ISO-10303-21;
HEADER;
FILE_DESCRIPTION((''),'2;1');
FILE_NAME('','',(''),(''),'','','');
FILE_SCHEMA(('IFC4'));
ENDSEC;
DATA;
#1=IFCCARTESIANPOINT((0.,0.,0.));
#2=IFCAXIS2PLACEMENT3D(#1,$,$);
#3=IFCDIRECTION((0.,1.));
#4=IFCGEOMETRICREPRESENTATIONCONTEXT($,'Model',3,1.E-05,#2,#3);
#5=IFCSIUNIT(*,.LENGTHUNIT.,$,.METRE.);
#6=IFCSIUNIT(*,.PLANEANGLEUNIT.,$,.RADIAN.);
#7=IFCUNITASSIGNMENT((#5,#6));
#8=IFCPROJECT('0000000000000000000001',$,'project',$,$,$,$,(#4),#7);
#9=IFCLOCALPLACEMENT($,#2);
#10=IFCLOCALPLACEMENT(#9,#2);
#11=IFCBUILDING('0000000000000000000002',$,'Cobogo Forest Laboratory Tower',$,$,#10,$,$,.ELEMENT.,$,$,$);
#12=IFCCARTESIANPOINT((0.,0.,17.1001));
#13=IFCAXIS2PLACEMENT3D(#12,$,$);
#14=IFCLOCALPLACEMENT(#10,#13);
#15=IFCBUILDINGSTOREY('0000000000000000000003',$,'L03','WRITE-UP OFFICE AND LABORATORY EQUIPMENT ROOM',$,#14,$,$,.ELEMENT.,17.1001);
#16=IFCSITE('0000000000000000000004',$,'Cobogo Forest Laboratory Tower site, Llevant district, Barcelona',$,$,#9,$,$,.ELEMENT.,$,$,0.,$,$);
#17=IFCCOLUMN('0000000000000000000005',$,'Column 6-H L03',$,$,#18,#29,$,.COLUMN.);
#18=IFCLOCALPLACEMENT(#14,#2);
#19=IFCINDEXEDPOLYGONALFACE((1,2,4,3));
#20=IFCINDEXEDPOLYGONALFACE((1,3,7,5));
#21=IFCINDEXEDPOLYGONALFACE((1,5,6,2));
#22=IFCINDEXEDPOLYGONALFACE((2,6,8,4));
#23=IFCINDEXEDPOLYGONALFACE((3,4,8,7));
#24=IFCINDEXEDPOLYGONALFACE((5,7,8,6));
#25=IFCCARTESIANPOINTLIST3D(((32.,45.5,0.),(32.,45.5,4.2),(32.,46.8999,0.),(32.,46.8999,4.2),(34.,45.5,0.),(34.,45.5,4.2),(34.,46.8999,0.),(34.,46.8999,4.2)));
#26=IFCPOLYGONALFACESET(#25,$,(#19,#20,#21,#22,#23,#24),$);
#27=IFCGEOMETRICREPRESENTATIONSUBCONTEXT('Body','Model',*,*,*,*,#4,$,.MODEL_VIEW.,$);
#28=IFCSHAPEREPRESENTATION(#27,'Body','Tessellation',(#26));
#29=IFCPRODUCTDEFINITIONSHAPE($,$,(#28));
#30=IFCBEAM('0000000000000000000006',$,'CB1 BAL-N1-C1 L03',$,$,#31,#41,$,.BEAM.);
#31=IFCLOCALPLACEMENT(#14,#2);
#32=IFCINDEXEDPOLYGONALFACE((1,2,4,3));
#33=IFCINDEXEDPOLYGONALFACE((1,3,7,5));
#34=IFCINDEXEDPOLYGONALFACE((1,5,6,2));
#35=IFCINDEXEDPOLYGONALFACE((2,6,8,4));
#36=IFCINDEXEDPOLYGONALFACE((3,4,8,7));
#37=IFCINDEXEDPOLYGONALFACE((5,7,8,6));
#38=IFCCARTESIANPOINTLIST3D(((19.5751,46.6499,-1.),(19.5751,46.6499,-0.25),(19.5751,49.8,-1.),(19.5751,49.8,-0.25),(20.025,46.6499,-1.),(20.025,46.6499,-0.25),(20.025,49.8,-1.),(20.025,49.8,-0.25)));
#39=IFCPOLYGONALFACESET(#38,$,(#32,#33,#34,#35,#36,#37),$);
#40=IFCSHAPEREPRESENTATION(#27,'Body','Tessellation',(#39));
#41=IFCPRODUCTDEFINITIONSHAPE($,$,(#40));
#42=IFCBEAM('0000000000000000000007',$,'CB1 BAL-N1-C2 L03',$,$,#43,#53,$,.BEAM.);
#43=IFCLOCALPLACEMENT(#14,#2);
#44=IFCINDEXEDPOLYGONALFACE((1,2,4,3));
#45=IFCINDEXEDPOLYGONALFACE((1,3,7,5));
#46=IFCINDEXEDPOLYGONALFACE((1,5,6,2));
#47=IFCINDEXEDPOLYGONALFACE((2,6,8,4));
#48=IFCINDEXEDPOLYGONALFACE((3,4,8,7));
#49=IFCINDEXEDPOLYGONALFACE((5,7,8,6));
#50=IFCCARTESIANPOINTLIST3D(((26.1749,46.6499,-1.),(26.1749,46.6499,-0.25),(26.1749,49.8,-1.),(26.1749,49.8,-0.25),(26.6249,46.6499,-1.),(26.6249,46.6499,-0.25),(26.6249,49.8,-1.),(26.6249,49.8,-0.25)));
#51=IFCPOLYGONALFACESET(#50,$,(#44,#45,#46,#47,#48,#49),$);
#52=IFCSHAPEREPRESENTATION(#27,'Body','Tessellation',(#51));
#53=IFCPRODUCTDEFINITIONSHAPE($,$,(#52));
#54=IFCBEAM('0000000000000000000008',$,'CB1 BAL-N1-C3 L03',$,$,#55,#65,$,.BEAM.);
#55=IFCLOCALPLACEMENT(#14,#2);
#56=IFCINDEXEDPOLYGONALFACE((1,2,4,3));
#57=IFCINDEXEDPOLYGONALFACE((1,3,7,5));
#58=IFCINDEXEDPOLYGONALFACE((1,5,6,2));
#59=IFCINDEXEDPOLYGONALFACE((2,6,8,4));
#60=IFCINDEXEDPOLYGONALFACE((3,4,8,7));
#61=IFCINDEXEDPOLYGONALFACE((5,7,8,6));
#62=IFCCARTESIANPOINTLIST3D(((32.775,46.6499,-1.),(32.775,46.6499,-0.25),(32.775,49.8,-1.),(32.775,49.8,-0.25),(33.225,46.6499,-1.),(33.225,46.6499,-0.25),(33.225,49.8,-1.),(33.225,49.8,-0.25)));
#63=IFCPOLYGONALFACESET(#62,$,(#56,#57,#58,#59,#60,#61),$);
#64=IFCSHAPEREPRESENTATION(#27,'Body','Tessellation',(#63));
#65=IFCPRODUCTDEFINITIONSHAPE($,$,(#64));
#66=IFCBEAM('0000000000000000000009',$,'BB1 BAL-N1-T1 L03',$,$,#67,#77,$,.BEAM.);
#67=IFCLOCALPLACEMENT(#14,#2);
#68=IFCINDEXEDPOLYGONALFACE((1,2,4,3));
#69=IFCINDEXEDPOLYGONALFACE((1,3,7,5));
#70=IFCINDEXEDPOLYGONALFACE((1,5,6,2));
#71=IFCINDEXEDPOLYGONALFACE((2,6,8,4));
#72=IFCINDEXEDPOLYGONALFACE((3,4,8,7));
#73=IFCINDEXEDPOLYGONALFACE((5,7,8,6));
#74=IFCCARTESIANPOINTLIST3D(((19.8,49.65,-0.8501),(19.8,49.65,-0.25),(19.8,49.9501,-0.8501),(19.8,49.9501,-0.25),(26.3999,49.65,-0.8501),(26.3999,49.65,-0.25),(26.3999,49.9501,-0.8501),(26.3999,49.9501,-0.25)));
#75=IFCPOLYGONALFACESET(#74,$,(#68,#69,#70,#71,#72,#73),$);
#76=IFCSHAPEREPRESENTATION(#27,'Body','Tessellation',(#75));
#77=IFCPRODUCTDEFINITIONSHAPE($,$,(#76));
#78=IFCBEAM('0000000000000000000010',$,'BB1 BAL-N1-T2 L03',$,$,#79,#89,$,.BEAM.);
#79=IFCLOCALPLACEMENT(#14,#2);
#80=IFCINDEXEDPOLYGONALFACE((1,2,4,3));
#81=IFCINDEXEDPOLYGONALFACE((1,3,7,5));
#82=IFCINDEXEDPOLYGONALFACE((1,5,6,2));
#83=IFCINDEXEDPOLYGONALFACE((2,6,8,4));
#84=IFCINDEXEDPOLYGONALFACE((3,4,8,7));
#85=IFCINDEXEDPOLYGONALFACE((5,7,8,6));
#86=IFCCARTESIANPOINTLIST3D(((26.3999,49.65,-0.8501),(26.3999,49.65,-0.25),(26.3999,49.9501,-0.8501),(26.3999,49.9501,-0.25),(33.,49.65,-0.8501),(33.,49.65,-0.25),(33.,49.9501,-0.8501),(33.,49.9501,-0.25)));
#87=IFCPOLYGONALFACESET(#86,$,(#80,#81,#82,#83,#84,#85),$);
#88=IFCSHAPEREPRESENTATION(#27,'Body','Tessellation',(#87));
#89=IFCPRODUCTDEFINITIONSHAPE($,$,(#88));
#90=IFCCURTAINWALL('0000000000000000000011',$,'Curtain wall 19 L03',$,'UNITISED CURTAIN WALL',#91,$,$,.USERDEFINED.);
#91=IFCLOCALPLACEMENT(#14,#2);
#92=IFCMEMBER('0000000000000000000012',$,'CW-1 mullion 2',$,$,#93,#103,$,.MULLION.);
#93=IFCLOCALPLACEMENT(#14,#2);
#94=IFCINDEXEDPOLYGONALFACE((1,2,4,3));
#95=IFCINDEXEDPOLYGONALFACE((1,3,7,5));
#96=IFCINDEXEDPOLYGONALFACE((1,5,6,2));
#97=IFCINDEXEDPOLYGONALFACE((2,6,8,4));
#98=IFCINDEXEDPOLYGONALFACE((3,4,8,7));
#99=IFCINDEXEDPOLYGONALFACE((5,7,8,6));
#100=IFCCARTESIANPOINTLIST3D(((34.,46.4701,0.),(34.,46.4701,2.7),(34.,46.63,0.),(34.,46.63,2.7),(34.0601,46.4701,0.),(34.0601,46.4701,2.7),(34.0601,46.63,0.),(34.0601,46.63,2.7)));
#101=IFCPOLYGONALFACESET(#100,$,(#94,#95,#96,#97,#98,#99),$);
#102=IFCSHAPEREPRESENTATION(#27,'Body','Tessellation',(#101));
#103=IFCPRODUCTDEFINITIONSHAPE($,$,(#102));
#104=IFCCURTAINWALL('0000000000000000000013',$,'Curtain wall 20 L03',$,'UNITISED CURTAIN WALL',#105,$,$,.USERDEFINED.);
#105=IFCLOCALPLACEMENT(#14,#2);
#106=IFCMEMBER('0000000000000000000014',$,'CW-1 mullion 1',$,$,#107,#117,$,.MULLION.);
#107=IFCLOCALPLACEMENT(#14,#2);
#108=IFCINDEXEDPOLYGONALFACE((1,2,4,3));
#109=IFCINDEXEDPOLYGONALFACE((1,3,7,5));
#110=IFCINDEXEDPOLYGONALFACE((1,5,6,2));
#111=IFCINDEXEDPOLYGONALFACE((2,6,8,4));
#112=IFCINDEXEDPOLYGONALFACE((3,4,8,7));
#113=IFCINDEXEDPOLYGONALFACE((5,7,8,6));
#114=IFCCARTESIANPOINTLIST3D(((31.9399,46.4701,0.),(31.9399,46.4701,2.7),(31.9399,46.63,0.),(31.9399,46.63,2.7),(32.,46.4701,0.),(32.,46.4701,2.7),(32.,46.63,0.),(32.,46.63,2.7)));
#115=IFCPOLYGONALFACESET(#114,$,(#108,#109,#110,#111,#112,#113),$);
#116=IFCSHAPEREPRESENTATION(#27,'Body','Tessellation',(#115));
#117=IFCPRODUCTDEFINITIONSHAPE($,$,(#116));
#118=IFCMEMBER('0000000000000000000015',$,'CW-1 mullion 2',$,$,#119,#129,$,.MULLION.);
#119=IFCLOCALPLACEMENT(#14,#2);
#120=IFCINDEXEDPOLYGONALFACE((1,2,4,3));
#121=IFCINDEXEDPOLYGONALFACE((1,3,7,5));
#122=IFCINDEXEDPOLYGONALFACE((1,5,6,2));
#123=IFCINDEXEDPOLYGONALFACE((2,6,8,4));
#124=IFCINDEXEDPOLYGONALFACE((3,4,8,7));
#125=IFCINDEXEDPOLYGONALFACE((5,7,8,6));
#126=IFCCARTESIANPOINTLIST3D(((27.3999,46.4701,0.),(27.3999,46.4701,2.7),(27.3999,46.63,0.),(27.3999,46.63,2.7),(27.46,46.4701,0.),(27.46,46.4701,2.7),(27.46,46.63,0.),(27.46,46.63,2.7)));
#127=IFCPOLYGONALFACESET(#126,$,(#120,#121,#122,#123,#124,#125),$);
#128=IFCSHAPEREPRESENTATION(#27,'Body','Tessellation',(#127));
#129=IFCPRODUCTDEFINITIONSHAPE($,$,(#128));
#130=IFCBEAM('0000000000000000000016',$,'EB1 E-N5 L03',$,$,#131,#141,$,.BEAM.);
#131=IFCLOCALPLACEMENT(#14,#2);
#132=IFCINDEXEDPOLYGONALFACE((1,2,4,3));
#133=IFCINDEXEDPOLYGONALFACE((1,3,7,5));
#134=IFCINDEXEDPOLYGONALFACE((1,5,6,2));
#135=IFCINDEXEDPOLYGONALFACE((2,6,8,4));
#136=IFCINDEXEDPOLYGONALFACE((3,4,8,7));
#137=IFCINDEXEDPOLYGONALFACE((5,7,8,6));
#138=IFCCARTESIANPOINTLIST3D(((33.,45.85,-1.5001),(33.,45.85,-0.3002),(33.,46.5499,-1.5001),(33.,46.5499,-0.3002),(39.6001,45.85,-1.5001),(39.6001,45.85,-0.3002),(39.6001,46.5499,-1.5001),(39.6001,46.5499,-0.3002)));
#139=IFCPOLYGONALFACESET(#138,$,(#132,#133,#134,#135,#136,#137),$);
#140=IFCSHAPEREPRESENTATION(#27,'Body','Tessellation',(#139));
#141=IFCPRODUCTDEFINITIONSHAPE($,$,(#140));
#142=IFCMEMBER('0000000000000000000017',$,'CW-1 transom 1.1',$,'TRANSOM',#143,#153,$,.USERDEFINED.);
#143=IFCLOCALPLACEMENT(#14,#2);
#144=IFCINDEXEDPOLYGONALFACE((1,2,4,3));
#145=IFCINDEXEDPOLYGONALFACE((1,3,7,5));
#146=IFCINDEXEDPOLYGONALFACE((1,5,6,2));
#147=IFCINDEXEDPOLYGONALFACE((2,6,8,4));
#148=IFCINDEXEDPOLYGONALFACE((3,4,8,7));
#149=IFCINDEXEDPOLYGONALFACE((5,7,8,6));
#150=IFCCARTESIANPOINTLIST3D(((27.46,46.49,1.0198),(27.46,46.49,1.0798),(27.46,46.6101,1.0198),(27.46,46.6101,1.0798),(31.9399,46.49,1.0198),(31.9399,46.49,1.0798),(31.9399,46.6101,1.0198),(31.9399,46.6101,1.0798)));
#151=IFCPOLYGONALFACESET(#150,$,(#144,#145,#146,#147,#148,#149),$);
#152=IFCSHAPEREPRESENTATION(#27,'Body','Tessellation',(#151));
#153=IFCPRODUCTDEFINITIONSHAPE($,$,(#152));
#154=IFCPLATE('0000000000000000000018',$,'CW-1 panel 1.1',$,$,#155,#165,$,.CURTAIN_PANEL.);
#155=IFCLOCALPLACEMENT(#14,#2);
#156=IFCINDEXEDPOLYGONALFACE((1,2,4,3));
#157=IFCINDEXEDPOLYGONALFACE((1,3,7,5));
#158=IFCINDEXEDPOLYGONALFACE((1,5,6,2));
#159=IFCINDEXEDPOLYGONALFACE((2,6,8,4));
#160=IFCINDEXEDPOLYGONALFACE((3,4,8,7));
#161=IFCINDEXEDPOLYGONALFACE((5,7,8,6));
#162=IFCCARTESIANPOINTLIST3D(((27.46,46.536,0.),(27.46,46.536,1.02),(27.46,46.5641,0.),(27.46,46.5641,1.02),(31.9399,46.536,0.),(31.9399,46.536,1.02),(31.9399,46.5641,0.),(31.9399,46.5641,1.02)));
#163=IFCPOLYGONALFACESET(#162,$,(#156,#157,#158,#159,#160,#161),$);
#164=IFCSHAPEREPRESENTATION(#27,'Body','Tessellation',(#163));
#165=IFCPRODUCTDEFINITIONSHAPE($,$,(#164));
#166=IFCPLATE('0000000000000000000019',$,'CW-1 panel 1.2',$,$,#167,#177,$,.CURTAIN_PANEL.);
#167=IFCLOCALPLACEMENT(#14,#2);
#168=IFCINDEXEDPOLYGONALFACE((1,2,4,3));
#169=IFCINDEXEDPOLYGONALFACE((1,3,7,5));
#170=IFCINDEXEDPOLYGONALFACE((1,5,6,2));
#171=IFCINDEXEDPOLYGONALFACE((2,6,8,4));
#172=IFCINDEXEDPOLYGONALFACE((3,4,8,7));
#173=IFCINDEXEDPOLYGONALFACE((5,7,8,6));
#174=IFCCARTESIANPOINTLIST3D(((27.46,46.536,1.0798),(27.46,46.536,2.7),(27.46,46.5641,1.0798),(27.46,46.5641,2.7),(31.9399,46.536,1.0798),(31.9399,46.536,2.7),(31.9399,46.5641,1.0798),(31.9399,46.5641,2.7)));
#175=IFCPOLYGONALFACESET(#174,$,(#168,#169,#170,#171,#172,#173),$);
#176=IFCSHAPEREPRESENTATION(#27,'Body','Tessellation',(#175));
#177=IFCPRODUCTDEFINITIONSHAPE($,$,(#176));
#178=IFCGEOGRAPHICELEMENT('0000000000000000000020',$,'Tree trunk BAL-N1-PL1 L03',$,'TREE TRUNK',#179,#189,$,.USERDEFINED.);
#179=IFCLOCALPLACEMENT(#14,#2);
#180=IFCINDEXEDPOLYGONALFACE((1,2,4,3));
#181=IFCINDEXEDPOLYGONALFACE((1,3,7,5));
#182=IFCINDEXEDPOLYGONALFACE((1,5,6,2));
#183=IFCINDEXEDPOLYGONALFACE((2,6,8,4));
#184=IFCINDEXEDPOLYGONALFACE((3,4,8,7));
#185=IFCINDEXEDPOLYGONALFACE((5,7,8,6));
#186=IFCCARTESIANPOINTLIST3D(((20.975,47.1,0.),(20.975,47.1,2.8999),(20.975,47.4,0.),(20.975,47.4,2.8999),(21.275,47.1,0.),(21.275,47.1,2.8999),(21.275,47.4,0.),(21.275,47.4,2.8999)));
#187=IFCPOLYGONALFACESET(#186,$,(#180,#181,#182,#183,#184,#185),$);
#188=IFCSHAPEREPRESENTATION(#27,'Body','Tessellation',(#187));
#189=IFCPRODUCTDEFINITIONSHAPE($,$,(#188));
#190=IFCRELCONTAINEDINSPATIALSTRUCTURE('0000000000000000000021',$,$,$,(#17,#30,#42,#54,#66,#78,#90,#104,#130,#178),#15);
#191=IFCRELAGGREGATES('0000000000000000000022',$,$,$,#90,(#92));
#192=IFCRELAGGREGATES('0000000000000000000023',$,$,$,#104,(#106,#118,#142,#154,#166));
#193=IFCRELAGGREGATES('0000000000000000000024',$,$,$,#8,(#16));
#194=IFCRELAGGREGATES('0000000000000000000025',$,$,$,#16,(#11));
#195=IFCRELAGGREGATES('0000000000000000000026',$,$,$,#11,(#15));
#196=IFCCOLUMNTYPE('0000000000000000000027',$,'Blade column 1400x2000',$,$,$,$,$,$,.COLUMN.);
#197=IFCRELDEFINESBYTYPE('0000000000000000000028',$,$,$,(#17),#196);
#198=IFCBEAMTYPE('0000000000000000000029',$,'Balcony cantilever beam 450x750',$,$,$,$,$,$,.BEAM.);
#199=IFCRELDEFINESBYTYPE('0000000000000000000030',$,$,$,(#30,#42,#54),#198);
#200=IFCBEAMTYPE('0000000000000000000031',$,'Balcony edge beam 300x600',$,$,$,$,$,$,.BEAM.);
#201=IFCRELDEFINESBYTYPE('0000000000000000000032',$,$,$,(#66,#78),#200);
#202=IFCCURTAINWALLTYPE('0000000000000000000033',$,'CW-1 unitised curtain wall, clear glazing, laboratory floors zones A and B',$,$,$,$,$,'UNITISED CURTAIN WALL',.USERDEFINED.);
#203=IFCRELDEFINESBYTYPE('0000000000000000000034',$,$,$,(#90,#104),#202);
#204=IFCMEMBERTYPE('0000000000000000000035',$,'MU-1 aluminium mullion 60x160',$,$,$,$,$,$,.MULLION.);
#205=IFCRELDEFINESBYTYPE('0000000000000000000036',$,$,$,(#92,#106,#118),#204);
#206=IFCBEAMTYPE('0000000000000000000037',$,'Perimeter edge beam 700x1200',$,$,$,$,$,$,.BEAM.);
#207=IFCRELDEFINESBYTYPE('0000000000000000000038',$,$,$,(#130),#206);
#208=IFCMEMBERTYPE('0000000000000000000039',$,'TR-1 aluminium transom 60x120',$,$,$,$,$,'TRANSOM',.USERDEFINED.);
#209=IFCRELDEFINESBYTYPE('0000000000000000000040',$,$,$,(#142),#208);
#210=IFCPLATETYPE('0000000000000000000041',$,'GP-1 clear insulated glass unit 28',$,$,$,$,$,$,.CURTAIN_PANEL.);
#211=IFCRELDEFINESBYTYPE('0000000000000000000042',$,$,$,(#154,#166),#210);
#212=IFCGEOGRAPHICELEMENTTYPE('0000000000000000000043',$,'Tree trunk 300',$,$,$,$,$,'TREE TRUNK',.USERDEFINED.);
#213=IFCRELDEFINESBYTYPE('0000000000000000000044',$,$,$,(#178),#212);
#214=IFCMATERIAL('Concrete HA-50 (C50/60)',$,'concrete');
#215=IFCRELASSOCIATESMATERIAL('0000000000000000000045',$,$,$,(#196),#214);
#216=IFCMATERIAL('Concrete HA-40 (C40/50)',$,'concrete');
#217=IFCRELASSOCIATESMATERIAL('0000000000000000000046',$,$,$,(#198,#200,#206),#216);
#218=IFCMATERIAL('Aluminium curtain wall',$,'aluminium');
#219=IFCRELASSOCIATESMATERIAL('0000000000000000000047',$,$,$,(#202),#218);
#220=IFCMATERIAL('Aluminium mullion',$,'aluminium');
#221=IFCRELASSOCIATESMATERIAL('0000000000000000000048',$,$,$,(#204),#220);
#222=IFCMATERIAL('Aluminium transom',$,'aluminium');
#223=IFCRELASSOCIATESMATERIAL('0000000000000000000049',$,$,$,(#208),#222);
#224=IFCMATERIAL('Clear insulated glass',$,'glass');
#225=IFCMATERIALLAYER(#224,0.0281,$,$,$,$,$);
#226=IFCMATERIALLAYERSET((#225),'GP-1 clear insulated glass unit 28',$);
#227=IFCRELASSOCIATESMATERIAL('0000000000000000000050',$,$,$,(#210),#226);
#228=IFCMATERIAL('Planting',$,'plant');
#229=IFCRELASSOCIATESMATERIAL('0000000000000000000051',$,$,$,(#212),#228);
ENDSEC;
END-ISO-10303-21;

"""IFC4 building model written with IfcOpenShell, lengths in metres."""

from ifc_helpers import new_model, si_unit, direction, frame, origin, origin_2d, place, context, subcontext, project, spatial, rectangle, extrude, material, layer, layer_set, material_profile, profile_set, type_object, element, aggregate, save


model = new_model("IFC4")

# Units and contexts
model_context = context("Model", 3, precision=1e-05, world=origin(), true_north=direction((0.0, 1.0)))
body_context = subcontext(model_context, "Body", "Model", "MODEL_VIEW")
ifc_project = project(units=[si_unit("LENGTHUNIT", "METRE"), si_unit("PLANEANGLEUNIT", "RADIAN")], contexts=[model_context])

# Site, building, storey
site_placement = place(None, origin())
site = spatial("IfcSite", under=ifc_project, at=site_placement, Name="Cobogo Forest Laboratory Tower site, Llevant district, Barcelona", CompositionType="ELEMENT", RefElevation=0.0)
building_placement = place(site_placement, origin())
building = spatial("IfcBuilding", under=site, at=building_placement, Name="Cobogo Forest Laboratory Tower", CompositionType="ELEMENT")
storey_placement = place(building_placement, frame((0.0, 0.0, 17.1001)))
storey = spatial("IfcBuildingStorey", under=building, at=storey_placement, Name="L03", Description="WRITE-UP OFFICE AND LABORATORY EQUIPMENT ROOM", CompositionType="ELEMENT", Elevation=17.1001)

# Column
ifc_material_1 = material(Name="Concrete HA-50 (C50/60)", Category="concrete")
ifc_material_profile_1 = material_profile(ifc_material_1, rectangle(XDim=2.0, YDim=1.3999, at=origin_2d()), Name="RC 1400x2000")
ifc_profile_set_1 = profile_set([ifc_material_profile_1], Name="Concrete HA-50 (C50/60)")
column_type = type_object("IfcColumnType", Name="Blade column 1400x2000", PredefinedType="COLUMN", material=ifc_profile_set_1)
column_placement = place(storey_placement, frame((33.0, 46.2, 0.0), z_axis=(0.0, 0.0, 1.0), x_axis=(1.0, 0.0, 0.0)))
element("IfcColumn", 1, at=column_placement, inside=storey, type_object=column_type, Name="Column 6-H L03", PredefinedType="COLUMN", context=body_context, shape_type="SweptSolid", body=[
    extrude(rectangle(XDim=2.0, YDim=1.3999, at=origin_2d()), origin(), (0.0, 0.0, 1.0), 4.2),
])

# Beams
ifc_material_2 = material(Name="Concrete HA-40 (C40/50)", Category="concrete")
ifc_material_profile_2 = material_profile(ifc_material_2, rectangle(XDim=0.45, YDim=0.75, at=origin_2d()), Name="RC 450x750")
ifc_profile_set_2 = profile_set([ifc_material_profile_2], Name="Concrete HA-40 (C40/50)")
beam_type_1 = type_object("IfcBeamType", Name="Balcony cantilever beam 450x750", PredefinedType="BEAM", material=ifc_profile_set_2)
for number, where, z_axis, x_axis, name in (
    (2, (19.8, 46.6499, -0.625), (0.0, 1.0, 0.0), (-1.0, 0.0, 0.0), "CB1 BAL-N1-C1 L03"),
    (3, (26.3999, 46.6499, -0.625), (0.0, 1.0, 0.0), (-1.0, 0.0, 0.0), "CB1 BAL-N1-C2 L03"),
    (4, (33.0, 46.6499, -0.625), (0.0, 1.0, 0.0), (-1.0, 0.0, 0.0), "CB1 BAL-N1-C3 L03"),
):
    element("IfcBeam", number, at=place(storey_placement, frame(where, z_axis=z_axis, x_axis=x_axis)), inside=storey, type_object=beam_type_1, Name=name, PredefinedType="BEAM", context=body_context, shape_type="SweptSolid", body=[
        extrude(rectangle(XDim=0.45, YDim=0.75, at=origin_2d()), origin(), (0.0, 0.0, 1.0), 3.1501),
    ])
ifc_material_profile_3 = material_profile(ifc_material_2, rectangle(XDim=0.3, YDim=0.6001, at=origin_2d()), Name="RC 300x600")
ifc_profile_set_3 = profile_set([ifc_material_profile_3], Name="Concrete HA-40 (C40/50)")
beam_type_2 = type_object("IfcBeamType", Name="Balcony edge beam 300x600", PredefinedType="BEAM", material=ifc_profile_set_3)
beam_1_placement = place(storey_placement, frame((19.8, 49.8, -0.55), z_axis=(1.0, 0.0, 0.0), x_axis=(0.0, 1.0, 0.0)))
element("IfcBeam", 5, at=beam_1_placement, inside=storey, type_object=beam_type_2, Name="BB1 BAL-N1-T1 L03", PredefinedType="BEAM", context=body_context, shape_type="SweptSolid", body=[
    extrude(rectangle(XDim=0.3, YDim=0.6001, at=origin_2d()), origin(), (0.0, 0.0, 1.0), 6.5999),
])
beam_2_placement = place(storey_placement, frame((26.3999, 49.8, -0.55), z_axis=(1.0, 0.0, 0.0), x_axis=(0.0, 1.0, 0.0)))
element("IfcBeam", 6, at=beam_2_placement, inside=storey, type_object=beam_type_2, Name="BB1 BAL-N1-T2 L03", PredefinedType="BEAM", context=body_context, shape_type="SweptSolid", body=[
    extrude(rectangle(XDim=0.3, YDim=0.6001, at=origin_2d()), origin(), (0.0, 0.0, 1.0), 6.6001),
])

# Curtain wall, member
ifc_material_3 = material(Name="Aluminium curtain wall", Category="aluminium")
curtain_wall_type = type_object("IfcCurtainWallType", Name="CW-1 unitised curtain wall, clear glazing, laboratory floors zones A and B", ElementType="UNITISED CURTAIN WALL", PredefinedType="USERDEFINED", material=ifc_material_3)
curtain_wall_1_placement = place(storey_placement, origin())
curtain_wall_1 = element("IfcCurtainWall", 7, at=curtain_wall_1_placement, inside=storey, type_object=curtain_wall_type, Name="Curtain wall 19 L03", ObjectType="UNITISED CURTAIN WALL", PredefinedType="USERDEFINED")
ifc_material_4 = material(Name="Aluminium mullion", Category="aluminium")
ifc_material_profile_4 = material_profile(ifc_material_4, rectangle(XDim=0.0601, YDim=0.1599, at=origin_2d()), Name="AL 60x160")
ifc_profile_set_4 = profile_set([ifc_material_profile_4], Name="Aluminium mullion")
member_type_1 = type_object("IfcMemberType", Name="MU-1 aluminium mullion 60x160", PredefinedType="MULLION", material=ifc_profile_set_4)
member_1_placement = place(storey_placement, frame((34.03, 46.55, 0.0), z_axis=(0.0, 0.0, 1.0), x_axis=(-1.0, 0.0, 0.0)))
member_1 = element("IfcMember", 8, at=member_1_placement, type_object=member_type_1, Name="CW-1 mullion 2", PredefinedType="MULLION", context=body_context, shape_type="SweptSolid", body=[
    extrude(rectangle(XDim=0.0601, YDim=0.1599, at=origin_2d()), origin(), (0.0, 0.0, 1.0), 2.7),
])
aggregate(curtain_wall_1, [member_1])

# Curtain wall, members
curtain_wall_2_placement = place(storey_placement, origin())
curtain_wall_2 = element("IfcCurtainWall", 9, at=curtain_wall_2_placement, inside=storey, type_object=curtain_wall_type, Name="Curtain wall 20 L03", ObjectType="UNITISED CURTAIN WALL", PredefinedType="USERDEFINED")
member_2_placement = place(storey_placement, frame((31.97, 46.55, 0.0), z_axis=(0.0, 0.0, 1.0), x_axis=(-1.0, 0.0, 0.0)))
member_2 = element("IfcMember", 10, at=member_2_placement, type_object=member_type_1, Name="CW-1 mullion 1", PredefinedType="MULLION", context=body_context, shape_type="SweptSolid", body=[
    extrude(rectangle(XDim=0.0601, YDim=0.1599, at=origin_2d()), origin(), (0.0, 0.0, 1.0), 2.7),
])
member_3_placement = place(storey_placement, frame((27.4299, 46.55, 0.0), z_axis=(0.0, 0.0, 1.0), x_axis=(-1.0, 0.0, 0.0)))
member_3 = element("IfcMember", 11, at=member_3_placement, type_object=member_type_1, Name="CW-1 mullion 2", PredefinedType="MULLION", context=body_context, shape_type="SweptSolid", body=[
    extrude(rectangle(XDim=0.0601, YDim=0.1599, at=origin_2d()), origin(), (0.0, 0.0, 1.0), 2.7),
])

# Beam
ifc_material_profile_5 = material_profile(ifc_material_2, rectangle(XDim=0.7, YDim=1.2, at=origin_2d()), Name="RC 700x1200")
ifc_profile_set_5 = profile_set([ifc_material_profile_5], Name="Concrete HA-40 (C40/50)")
beam_type_3 = type_object("IfcBeamType", Name="Perimeter edge beam 700x1200", PredefinedType="BEAM", material=ifc_profile_set_5)
beam_3_placement = place(storey_placement, frame((33.0, 46.2, -0.9001), z_axis=(1.0, 0.0, 0.0), x_axis=(0.0, 1.0, 0.0)))
element("IfcBeam", 12, at=beam_3_placement, inside=storey, type_object=beam_type_3, Name="EB1 E-N5 L03", PredefinedType="BEAM", context=body_context, shape_type="SweptSolid", body=[
    extrude(rectangle(XDim=0.7, YDim=1.2, at=origin_2d()), origin(), (0.0, 0.0, 1.0), 6.6001),
])

# Member
ifc_material_5 = material(Name="Aluminium transom", Category="aluminium")
ifc_material_profile_6 = material_profile(ifc_material_5, rectangle(XDim=0.1201, YDim=0.0601, at=origin_2d()), Name="AL 60x120")
ifc_profile_set_6 = profile_set([ifc_material_profile_6], Name="Aluminium transom")
member_type_2 = type_object("IfcMemberType", Name="TR-1 aluminium transom 60x120", ElementType="TRANSOM", PredefinedType="USERDEFINED", material=ifc_profile_set_6)
member_4_placement = place(storey_placement, frame((31.9399, 46.55, 1.0498), z_axis=(-1.0, 0.0, 0.0), x_axis=(0.0, -1.0, 0.0)))
member_4 = element("IfcMember", 13, at=member_4_placement, type_object=member_type_2, Name="CW-1 transom 1.1", ObjectType="TRANSOM", PredefinedType="USERDEFINED", context=body_context, shape_type="SweptSolid", body=[
    extrude(rectangle(XDim=0.1201, YDim=0.0601, at=origin_2d()), origin(), (0.0, 0.0, 1.0), 4.48),
])

# Plates
ifc_material_6 = material(Name="Clear insulated glass", Category="glass")
ifc_layer_1 = layer(ifc_material_6, 0.0281)
ifc_layer_set_1 = layer_set([ifc_layer_1], Name="GP-1 clear insulated glass unit 28")
plate_type = type_object("IfcPlateType", Name="GP-1 clear insulated glass unit 28", PredefinedType="CURTAIN_PANEL", material=ifc_layer_set_1)
plate_1_placement = place(storey_placement, frame((29.7, 46.55, 0.0), z_axis=(0.0, 0.0, 1.0), x_axis=(-1.0, 0.0, 0.0)))
plate_1 = element("IfcPlate", 14, at=plate_1_placement, type_object=plate_type, Name="CW-1 panel 1.1", PredefinedType="CURTAIN_PANEL", context=body_context, shape_type="SweptSolid", body=[
    extrude(rectangle(XDim=4.48, YDim=0.0281, at=origin_2d()), origin(), (0.0, 0.0, 1.0), 1.02),
])
plate_2_placement = place(storey_placement, frame((29.7, 46.55, 1.0798), z_axis=(0.0, 0.0, 1.0), x_axis=(-1.0, 0.0, 0.0)))
plate_2 = element("IfcPlate", 15, at=plate_2_placement, type_object=plate_type, Name="CW-1 panel 1.2", PredefinedType="CURTAIN_PANEL", context=body_context, shape_type="SweptSolid", body=[
    extrude(rectangle(XDim=4.48, YDim=0.0281, at=origin_2d()), origin(), (0.0, 0.0, 1.0), 1.6201),
])
aggregate(curtain_wall_2, [member_2, member_3, member_4, plate_1, plate_2])

# Geographic element
ifc_material_7 = material(Name="Planting", Category="plant")
geographic_element_type = type_object("IfcGeographicElementType", Name="Tree trunk 300", ElementType="TREE TRUNK", PredefinedType="USERDEFINED", material=ifc_material_7)
for number, where, z_axis, x_axis, name in (
    (16, (21.125, 47.25, 0.0), (0.0, 0.0, 1.0), (1.0, 0.0, 0.0), "Tree trunk BAL-N1-PL1 L03"),
):
    element("IfcGeographicElement", number, at=place(storey_placement, frame(where, z_axis=z_axis, x_axis=x_axis)), inside=storey, type_object=geographic_element_type, Name=name, ObjectType="TREE TRUNK", PredefinedType="USERDEFINED", context=body_context, shape_type="SweptSolid", body=[
        extrude(rectangle(XDim=0.3, YDim=0.3, at=origin_2d()), origin(), (0.0, 0.0, 1.0), 2.8999),
    ])

save(model, "model.ifc")
